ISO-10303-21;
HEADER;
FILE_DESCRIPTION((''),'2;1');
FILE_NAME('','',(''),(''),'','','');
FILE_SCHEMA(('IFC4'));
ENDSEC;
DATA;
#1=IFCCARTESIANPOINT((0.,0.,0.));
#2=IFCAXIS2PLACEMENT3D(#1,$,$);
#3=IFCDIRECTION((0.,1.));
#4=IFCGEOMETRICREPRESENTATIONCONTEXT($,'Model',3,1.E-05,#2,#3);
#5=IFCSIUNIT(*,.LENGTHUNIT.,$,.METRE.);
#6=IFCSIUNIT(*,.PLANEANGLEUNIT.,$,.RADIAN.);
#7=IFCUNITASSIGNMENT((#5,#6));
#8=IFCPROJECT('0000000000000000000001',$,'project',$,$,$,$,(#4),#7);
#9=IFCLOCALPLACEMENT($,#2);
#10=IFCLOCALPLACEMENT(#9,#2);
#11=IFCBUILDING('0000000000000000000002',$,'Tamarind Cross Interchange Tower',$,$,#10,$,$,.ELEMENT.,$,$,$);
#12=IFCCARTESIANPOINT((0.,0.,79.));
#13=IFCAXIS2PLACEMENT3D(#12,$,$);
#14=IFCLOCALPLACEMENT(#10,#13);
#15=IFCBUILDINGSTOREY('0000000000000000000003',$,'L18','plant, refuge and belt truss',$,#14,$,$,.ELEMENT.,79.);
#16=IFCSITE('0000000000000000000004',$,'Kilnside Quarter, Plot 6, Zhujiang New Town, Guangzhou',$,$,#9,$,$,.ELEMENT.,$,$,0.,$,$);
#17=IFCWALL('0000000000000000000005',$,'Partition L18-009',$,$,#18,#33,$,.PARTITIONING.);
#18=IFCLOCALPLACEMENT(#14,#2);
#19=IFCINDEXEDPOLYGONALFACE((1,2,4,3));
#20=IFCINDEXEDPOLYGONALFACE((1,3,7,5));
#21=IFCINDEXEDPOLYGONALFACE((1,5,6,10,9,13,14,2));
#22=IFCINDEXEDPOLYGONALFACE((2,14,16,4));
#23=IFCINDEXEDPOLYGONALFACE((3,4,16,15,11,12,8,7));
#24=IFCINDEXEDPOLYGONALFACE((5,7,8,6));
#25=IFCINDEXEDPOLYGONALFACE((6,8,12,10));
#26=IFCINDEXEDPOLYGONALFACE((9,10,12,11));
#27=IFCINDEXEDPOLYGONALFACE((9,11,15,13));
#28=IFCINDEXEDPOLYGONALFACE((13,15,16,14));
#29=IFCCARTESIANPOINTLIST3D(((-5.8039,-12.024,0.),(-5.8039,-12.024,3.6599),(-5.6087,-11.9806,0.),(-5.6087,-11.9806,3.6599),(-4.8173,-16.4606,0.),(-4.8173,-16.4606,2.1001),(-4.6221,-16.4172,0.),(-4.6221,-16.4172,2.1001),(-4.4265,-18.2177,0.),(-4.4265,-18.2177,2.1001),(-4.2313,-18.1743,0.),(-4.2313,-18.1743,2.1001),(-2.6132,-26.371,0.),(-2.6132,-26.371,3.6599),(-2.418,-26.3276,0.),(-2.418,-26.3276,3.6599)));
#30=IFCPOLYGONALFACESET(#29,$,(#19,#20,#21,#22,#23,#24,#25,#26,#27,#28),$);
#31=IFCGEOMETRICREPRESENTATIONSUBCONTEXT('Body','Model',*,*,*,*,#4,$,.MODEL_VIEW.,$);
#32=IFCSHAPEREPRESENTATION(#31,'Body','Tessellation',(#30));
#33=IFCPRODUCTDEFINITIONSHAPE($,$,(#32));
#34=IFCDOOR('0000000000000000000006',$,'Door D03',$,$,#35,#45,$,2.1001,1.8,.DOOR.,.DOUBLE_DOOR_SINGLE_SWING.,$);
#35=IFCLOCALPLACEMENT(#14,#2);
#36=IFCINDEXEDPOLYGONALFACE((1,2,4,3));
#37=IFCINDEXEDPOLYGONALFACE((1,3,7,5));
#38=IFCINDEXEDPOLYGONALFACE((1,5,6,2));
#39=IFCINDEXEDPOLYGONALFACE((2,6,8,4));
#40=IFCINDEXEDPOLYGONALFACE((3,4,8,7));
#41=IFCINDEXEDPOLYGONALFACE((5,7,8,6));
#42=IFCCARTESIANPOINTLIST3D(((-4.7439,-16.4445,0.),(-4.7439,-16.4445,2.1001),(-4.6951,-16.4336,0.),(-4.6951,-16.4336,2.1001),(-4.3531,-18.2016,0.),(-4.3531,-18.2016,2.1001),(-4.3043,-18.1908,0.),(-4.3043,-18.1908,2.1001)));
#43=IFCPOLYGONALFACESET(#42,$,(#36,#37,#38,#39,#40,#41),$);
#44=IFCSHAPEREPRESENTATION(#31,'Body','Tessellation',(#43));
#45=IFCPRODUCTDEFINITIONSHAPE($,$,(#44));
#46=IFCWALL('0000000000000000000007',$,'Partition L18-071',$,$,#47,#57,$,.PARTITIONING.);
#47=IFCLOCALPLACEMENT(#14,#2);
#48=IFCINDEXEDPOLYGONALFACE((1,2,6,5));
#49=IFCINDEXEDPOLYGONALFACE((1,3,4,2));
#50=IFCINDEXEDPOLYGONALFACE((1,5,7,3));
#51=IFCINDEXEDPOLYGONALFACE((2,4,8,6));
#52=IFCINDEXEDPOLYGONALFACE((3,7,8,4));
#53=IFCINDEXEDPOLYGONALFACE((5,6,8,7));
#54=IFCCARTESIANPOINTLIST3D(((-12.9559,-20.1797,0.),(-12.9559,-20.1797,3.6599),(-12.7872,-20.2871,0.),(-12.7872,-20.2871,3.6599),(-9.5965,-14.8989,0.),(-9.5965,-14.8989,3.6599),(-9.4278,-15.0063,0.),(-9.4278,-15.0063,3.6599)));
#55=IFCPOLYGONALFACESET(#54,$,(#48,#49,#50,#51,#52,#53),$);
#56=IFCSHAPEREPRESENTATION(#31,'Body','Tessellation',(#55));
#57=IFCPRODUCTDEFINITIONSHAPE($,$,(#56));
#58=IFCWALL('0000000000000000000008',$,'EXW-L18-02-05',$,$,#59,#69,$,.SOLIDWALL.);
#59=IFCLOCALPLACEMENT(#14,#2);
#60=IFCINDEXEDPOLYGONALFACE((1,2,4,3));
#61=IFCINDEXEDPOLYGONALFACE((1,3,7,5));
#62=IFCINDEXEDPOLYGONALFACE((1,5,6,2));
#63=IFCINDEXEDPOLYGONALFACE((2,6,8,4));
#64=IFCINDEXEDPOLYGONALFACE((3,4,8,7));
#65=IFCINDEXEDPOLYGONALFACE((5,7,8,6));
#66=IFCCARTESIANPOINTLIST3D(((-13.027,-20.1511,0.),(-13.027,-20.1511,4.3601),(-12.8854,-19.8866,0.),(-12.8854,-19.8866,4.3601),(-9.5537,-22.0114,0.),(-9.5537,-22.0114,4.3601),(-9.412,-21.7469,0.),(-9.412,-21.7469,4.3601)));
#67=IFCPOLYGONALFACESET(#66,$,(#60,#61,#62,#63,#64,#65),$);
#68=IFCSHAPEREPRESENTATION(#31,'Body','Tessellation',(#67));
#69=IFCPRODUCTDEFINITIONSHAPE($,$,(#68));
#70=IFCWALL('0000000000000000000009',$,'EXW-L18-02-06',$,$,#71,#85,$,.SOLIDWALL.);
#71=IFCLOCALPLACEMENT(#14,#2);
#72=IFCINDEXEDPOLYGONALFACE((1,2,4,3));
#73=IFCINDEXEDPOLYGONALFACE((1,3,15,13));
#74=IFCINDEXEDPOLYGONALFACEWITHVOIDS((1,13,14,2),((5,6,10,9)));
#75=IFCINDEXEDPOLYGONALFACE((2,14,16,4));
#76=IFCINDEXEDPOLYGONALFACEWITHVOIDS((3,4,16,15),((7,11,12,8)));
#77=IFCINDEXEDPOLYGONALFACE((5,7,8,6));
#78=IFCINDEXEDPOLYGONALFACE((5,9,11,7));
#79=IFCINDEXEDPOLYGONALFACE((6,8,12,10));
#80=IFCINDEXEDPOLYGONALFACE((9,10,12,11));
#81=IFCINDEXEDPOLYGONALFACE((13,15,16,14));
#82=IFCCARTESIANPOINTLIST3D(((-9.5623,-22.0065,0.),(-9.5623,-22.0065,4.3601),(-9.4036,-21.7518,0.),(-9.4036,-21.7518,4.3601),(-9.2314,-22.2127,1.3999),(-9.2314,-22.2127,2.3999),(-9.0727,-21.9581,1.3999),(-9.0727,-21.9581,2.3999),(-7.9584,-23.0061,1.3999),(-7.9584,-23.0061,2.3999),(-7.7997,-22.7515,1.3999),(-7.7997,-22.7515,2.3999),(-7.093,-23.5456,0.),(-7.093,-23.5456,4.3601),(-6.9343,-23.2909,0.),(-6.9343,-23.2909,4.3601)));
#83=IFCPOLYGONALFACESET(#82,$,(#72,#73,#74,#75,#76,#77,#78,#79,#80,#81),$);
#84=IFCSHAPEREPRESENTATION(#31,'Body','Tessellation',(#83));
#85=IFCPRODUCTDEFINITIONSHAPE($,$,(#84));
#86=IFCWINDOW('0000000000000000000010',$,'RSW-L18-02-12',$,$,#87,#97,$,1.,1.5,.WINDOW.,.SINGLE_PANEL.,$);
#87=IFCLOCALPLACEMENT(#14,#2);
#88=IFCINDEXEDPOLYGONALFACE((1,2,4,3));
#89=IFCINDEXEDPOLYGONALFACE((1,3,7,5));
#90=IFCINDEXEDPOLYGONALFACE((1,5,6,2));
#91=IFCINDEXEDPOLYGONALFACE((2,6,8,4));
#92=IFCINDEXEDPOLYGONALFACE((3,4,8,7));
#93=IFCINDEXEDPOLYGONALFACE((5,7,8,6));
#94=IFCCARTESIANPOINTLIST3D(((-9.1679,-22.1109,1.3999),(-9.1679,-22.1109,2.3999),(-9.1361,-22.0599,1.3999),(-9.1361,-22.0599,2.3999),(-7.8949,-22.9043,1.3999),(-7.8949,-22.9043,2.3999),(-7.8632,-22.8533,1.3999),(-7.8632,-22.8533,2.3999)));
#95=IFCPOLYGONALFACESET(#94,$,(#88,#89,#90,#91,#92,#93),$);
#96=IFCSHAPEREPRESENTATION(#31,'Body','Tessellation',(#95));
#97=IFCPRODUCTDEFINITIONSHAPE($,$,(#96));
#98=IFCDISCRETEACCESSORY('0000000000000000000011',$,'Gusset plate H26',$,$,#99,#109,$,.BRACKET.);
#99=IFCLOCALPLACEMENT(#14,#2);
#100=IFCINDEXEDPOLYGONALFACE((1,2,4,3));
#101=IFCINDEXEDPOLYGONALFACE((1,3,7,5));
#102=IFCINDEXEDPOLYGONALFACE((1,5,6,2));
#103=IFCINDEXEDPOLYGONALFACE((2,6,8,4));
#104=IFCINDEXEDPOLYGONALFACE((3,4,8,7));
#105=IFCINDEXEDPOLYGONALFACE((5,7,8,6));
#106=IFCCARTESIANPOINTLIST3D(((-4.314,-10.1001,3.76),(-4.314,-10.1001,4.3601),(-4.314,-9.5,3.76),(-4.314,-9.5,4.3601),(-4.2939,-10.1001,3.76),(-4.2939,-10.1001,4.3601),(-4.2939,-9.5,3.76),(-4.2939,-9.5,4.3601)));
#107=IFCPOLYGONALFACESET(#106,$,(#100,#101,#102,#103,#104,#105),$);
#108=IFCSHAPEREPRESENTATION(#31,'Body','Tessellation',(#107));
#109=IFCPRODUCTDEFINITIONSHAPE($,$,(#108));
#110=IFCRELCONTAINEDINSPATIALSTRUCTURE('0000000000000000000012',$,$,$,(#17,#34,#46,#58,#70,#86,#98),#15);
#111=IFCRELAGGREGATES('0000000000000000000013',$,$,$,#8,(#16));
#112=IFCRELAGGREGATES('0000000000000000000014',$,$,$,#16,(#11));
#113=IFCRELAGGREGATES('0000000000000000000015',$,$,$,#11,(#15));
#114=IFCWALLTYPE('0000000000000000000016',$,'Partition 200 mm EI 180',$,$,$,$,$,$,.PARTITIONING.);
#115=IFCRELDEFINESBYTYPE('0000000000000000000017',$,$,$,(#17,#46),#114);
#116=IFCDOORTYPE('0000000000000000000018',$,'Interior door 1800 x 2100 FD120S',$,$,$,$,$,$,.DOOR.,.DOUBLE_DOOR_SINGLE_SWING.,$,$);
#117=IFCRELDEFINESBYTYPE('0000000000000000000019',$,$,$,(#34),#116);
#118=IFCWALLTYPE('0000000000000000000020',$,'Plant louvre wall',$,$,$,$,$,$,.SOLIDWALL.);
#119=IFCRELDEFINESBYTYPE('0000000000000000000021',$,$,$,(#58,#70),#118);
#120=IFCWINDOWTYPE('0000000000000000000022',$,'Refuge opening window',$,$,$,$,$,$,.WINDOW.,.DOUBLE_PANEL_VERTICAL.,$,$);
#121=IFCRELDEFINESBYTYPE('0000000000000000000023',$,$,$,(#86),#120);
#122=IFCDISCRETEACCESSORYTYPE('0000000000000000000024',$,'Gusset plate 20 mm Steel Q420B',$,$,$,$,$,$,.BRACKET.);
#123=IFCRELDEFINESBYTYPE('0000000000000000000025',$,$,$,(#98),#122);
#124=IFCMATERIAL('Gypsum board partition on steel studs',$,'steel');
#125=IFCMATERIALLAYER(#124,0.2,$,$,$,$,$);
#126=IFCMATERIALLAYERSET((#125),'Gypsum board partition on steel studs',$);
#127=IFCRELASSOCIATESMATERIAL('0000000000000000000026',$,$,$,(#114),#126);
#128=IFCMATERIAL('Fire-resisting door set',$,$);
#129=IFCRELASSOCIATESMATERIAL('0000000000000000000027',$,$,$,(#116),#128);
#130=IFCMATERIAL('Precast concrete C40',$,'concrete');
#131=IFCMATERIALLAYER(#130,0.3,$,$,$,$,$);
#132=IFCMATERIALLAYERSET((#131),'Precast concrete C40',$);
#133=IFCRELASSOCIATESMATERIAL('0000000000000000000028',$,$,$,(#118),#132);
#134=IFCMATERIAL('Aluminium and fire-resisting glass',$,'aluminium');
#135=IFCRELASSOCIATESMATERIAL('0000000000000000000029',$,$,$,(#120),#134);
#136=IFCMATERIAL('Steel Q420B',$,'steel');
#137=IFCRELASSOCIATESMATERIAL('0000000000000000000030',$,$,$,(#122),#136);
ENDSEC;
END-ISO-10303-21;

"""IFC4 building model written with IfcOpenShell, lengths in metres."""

from ifc_helpers import new_model, si_unit, direction, frame, frame_2d, origin, origin_2d, place, context, subcontext, project, spatial, rectangle, extrude, material, layer, layer_set, type_object, element, fill, save


model = new_model("IFC4")

# Units and contexts
model_context = context("Model", 3, precision=1e-05, world=origin(), true_north=direction((0.0, 1.0)))
body_context = subcontext(model_context, "Body", "Model", "MODEL_VIEW")
ifc_project = project(units=[si_unit("LENGTHUNIT", "METRE"), si_unit("PLANEANGLEUNIT", "RADIAN")], contexts=[model_context])

# Site, building, storey
site_placement = place(None, origin())
site = spatial("IfcSite", under=ifc_project, at=site_placement, Name="Kilnside Quarter, Plot 6, Zhujiang New Town, Guangzhou", CompositionType="ELEMENT", RefElevation=0.0)
building_placement = place(site_placement, origin())
building = spatial("IfcBuilding", under=site, at=building_placement, Name="Tamarind Cross Interchange Tower", CompositionType="ELEMENT")
storey_placement = place(building_placement, frame((0.0, 0.0, 79.0)))
storey = spatial("IfcBuildingStorey", under=building, at=storey_placement, Name="L18", Description="plant, refuge and belt truss", CompositionType="ELEMENT", Elevation=79.0)

# Shared definitions
ifc_material_1 = material(Name="Steel Q420B", Category="steel")

# Shared definitions
ifc_material_2 = material(Name="Gypsum board partition on steel studs", Category="steel")
ifc_layer_1 = layer(ifc_material_2, 0.2)
ifc_layer_set_1 = layer_set([ifc_layer_1], Name="Gypsum board partition on steel studs")
wall_type_1 = type_object("IfcWallType", Name="Partition 200 mm EI 180", PredefinedType="PARTITIONING", material=ifc_layer_set_1)

# Wall, opening, door
wall_1_placement = place(storey_placement, frame((-5.7063, -12.0024, 0.0), z_axis=(0.0, 0.0, 1.0), x_axis=(0.217091, -0.976151, 0.0)))
wall_1 = element("IfcWall", 1, at=wall_1_placement, inside=storey, type_object=wall_type_1, Name="Partition L18-009", PredefinedType="PARTITIONING", context=body_context, shape_type="SweptSolid", body=[
    extrude(rectangle(XDim=14.6975, YDim=0.2, at=frame_2d((7.3486, 0.0))), origin(), (0.0, 0.0, 1.0), 3.6599),
])
opening_1_placement = place(wall_1_placement, frame((4.5449, 0.0, 0.0)))
opening_1 = element("IfcOpeningElement", 2, at=opening_1_placement, cuts=wall_1, PredefinedType="OPENING", context=body_context, shape_type="SweptSolid", body=[
    extrude(rectangle(XDim=1.8, YDim=2.1001, at=frame_2d((0.8999, 1.05))), frame((0.0, 0.1099, 0.0), z_axis=(0.0, -1.0, 0.0), x_axis=(1.0, 0.0, 0.0)), (0.0, 0.0, 1.0), 0.22),
])
ifc_material_3 = material(Name="Fire-resisting door set")
door_type = type_object("IfcDoorType", Name="Interior door 1800 x 2100 FD120S", OperationType="DOUBLE_DOOR_SINGLE_SWING", PredefinedType="DOOR", material=ifc_material_3)
door_placement = place(opening_1_placement, frame((1.8, 0.0, 0.0), z_axis=(0.0, 0.0, 1.0), x_axis=(-1.0, 0.0, 0.0)))
door = element("IfcDoor", 3, at=door_placement, inside=storey, type_object=door_type, Name="Door D03", OperationType="DOUBLE_DOOR_SINGLE_SWING", OverallHeight=2.1001, OverallWidth=1.8, PredefinedType="DOOR", context=body_context, shape_type="SweptSolid", body=[
    extrude(rectangle(XDim=1.8, YDim=2.1001, at=frame_2d((0.8999, 1.05))), frame((0.0, 0.0249, 0.0), z_axis=(0.0, -1.0, 0.0), x_axis=(1.0, 0.0, 0.0)), (0.0, 0.0, 1.0), 0.05),
])
fill(opening_1, door)

# Walls
wall_2_placement = place(storey_placement, frame((-12.8716, -20.2334, 0.0), z_axis=(0.0, 0.0, 1.0), x_axis=(0.536749, 0.843742, 0.0)))
element("IfcWall", 4, at=wall_2_placement, inside=storey, type_object=wall_type_1, Name="Partition L18-071", PredefinedType="PARTITIONING", context=body_context, shape_type="SweptSolid", body=[
    extrude(rectangle(XDim=6.2588, YDim=0.2, at=frame_2d((3.1294, 0.0))), origin(), (0.0, 0.0, 1.0), 3.6599),
])
ifc_material_4 = material(Name="Precast concrete C40", Category="concrete")
ifc_layer_2 = layer(ifc_material_4, 0.3)
ifc_layer_set_2 = layer_set([ifc_layer_2], Name="Precast concrete C40")
wall_type_2 = type_object("IfcWallType", Name="Plant louvre wall", PredefinedType="SOLIDWALL", material=ifc_layer_set_2)
wall_3_placement = place(storey_placement, frame((-12.9563, -20.0188, 0.0), z_axis=(0.0, 0.0, 1.0), x_axis=(0.881521, -0.472144, 0.0)))
element("IfcWall", 5, at=wall_3_placement, inside=storey, type_object=wall_type_2, Name="EXW-L18-02-05", PredefinedType="SOLIDWALL", context=body_context, shape_type="SweptSolid", body=[
    extrude(rectangle(XDim=3.9402, YDim=0.3, at=frame_2d((1.9702, 0.0))), origin(), (0.0, 0.0, 1.0), 4.3601),
])

# Wall, opening, window
wall_4_placement = place(storey_placement, frame((-9.4829, -21.8792, 0.0), z_axis=(0.0, 0.0, 1.0), x_axis=(0.848648, -0.528958, 0.0)))
wall_4 = element("IfcWall", 6, at=wall_4_placement, inside=storey, type_object=wall_type_2, Name="EXW-L18-02-06", PredefinedType="SOLIDWALL", context=body_context, shape_type="SweptSolid", body=[
    extrude(rectangle(XDim=2.9097, YDim=0.3, at=frame_2d((1.4548, 0.0))), origin(), (0.0, 0.0, 1.0), 4.3601),
])
opening_2_placement = place(wall_4_placement, frame((0.3899, 0.0, 1.3999)))
opening_2 = element("IfcOpeningElement", 7, at=opening_2_placement, cuts=wall_4, PredefinedType="OPENING", context=body_context, shape_type="SweptSolid", body=[
    extrude(rectangle(XDim=1.5, YDim=1.0, at=frame_2d((0.75, 0.5))), frame((0.0, 0.1599, 0.0), z_axis=(0.0, -1.0, 0.0), x_axis=(1.0, 0.0, 0.0)), (0.0, 0.0, 1.0), 0.3201),
])
ifc_material_5 = material(Name="Aluminium and fire-resisting glass", Category="aluminium")
window_type = type_object("IfcWindowType", Name="Refuge opening window", PartitioningType="DOUBLE_PANEL_VERTICAL", PredefinedType="WINDOW", material=ifc_material_5)
window_placement = place(opening_2_placement, origin())
window = element("IfcWindow", 8, at=window_placement, inside=storey, type_object=window_type, Name="RSW-L18-02-12", OverallHeight=1.0, OverallWidth=1.5, PartitioningType="SINGLE_PANEL", PredefinedType="WINDOW", context=body_context, shape_type="SweptSolid", body=[
    extrude(rectangle(XDim=1.5, YDim=1.0, at=frame_2d((0.75, 0.5))), frame((0.0, 0.03, 0.0), z_axis=(0.0, -1.0, 0.0), x_axis=(1.0, 0.0, 0.0)), (0.0, 0.0, 1.0), 0.0601),
])
fill(opening_2, window)

# Discrete accessory
discrete_accessory_type = type_object("IfcDiscreteAccessoryType", Name="Gusset plate 20 mm Steel Q420B", PredefinedType="BRACKET", material=ifc_material_1)
discrete_accessory_placement = place(storey_placement, frame((-4.304, -9.8, 3.76), z_axis=(0.0, 0.0, 1.0), x_axis=(1.0, 0.0, 0.0)))
element("IfcDiscreteAccessory", 9, at=discrete_accessory_placement, inside=storey, type_object=discrete_accessory_type, Name="Gusset plate H26", PredefinedType="BRACKET", context=body_context, shape_type="SweptSolid", body=[
    extrude(rectangle(XDim=0.02, YDim=0.6001, at=origin_2d()), origin(), (0.0, 0.0, 1.0), 0.6001),
])

save(model, "model.ifc")
